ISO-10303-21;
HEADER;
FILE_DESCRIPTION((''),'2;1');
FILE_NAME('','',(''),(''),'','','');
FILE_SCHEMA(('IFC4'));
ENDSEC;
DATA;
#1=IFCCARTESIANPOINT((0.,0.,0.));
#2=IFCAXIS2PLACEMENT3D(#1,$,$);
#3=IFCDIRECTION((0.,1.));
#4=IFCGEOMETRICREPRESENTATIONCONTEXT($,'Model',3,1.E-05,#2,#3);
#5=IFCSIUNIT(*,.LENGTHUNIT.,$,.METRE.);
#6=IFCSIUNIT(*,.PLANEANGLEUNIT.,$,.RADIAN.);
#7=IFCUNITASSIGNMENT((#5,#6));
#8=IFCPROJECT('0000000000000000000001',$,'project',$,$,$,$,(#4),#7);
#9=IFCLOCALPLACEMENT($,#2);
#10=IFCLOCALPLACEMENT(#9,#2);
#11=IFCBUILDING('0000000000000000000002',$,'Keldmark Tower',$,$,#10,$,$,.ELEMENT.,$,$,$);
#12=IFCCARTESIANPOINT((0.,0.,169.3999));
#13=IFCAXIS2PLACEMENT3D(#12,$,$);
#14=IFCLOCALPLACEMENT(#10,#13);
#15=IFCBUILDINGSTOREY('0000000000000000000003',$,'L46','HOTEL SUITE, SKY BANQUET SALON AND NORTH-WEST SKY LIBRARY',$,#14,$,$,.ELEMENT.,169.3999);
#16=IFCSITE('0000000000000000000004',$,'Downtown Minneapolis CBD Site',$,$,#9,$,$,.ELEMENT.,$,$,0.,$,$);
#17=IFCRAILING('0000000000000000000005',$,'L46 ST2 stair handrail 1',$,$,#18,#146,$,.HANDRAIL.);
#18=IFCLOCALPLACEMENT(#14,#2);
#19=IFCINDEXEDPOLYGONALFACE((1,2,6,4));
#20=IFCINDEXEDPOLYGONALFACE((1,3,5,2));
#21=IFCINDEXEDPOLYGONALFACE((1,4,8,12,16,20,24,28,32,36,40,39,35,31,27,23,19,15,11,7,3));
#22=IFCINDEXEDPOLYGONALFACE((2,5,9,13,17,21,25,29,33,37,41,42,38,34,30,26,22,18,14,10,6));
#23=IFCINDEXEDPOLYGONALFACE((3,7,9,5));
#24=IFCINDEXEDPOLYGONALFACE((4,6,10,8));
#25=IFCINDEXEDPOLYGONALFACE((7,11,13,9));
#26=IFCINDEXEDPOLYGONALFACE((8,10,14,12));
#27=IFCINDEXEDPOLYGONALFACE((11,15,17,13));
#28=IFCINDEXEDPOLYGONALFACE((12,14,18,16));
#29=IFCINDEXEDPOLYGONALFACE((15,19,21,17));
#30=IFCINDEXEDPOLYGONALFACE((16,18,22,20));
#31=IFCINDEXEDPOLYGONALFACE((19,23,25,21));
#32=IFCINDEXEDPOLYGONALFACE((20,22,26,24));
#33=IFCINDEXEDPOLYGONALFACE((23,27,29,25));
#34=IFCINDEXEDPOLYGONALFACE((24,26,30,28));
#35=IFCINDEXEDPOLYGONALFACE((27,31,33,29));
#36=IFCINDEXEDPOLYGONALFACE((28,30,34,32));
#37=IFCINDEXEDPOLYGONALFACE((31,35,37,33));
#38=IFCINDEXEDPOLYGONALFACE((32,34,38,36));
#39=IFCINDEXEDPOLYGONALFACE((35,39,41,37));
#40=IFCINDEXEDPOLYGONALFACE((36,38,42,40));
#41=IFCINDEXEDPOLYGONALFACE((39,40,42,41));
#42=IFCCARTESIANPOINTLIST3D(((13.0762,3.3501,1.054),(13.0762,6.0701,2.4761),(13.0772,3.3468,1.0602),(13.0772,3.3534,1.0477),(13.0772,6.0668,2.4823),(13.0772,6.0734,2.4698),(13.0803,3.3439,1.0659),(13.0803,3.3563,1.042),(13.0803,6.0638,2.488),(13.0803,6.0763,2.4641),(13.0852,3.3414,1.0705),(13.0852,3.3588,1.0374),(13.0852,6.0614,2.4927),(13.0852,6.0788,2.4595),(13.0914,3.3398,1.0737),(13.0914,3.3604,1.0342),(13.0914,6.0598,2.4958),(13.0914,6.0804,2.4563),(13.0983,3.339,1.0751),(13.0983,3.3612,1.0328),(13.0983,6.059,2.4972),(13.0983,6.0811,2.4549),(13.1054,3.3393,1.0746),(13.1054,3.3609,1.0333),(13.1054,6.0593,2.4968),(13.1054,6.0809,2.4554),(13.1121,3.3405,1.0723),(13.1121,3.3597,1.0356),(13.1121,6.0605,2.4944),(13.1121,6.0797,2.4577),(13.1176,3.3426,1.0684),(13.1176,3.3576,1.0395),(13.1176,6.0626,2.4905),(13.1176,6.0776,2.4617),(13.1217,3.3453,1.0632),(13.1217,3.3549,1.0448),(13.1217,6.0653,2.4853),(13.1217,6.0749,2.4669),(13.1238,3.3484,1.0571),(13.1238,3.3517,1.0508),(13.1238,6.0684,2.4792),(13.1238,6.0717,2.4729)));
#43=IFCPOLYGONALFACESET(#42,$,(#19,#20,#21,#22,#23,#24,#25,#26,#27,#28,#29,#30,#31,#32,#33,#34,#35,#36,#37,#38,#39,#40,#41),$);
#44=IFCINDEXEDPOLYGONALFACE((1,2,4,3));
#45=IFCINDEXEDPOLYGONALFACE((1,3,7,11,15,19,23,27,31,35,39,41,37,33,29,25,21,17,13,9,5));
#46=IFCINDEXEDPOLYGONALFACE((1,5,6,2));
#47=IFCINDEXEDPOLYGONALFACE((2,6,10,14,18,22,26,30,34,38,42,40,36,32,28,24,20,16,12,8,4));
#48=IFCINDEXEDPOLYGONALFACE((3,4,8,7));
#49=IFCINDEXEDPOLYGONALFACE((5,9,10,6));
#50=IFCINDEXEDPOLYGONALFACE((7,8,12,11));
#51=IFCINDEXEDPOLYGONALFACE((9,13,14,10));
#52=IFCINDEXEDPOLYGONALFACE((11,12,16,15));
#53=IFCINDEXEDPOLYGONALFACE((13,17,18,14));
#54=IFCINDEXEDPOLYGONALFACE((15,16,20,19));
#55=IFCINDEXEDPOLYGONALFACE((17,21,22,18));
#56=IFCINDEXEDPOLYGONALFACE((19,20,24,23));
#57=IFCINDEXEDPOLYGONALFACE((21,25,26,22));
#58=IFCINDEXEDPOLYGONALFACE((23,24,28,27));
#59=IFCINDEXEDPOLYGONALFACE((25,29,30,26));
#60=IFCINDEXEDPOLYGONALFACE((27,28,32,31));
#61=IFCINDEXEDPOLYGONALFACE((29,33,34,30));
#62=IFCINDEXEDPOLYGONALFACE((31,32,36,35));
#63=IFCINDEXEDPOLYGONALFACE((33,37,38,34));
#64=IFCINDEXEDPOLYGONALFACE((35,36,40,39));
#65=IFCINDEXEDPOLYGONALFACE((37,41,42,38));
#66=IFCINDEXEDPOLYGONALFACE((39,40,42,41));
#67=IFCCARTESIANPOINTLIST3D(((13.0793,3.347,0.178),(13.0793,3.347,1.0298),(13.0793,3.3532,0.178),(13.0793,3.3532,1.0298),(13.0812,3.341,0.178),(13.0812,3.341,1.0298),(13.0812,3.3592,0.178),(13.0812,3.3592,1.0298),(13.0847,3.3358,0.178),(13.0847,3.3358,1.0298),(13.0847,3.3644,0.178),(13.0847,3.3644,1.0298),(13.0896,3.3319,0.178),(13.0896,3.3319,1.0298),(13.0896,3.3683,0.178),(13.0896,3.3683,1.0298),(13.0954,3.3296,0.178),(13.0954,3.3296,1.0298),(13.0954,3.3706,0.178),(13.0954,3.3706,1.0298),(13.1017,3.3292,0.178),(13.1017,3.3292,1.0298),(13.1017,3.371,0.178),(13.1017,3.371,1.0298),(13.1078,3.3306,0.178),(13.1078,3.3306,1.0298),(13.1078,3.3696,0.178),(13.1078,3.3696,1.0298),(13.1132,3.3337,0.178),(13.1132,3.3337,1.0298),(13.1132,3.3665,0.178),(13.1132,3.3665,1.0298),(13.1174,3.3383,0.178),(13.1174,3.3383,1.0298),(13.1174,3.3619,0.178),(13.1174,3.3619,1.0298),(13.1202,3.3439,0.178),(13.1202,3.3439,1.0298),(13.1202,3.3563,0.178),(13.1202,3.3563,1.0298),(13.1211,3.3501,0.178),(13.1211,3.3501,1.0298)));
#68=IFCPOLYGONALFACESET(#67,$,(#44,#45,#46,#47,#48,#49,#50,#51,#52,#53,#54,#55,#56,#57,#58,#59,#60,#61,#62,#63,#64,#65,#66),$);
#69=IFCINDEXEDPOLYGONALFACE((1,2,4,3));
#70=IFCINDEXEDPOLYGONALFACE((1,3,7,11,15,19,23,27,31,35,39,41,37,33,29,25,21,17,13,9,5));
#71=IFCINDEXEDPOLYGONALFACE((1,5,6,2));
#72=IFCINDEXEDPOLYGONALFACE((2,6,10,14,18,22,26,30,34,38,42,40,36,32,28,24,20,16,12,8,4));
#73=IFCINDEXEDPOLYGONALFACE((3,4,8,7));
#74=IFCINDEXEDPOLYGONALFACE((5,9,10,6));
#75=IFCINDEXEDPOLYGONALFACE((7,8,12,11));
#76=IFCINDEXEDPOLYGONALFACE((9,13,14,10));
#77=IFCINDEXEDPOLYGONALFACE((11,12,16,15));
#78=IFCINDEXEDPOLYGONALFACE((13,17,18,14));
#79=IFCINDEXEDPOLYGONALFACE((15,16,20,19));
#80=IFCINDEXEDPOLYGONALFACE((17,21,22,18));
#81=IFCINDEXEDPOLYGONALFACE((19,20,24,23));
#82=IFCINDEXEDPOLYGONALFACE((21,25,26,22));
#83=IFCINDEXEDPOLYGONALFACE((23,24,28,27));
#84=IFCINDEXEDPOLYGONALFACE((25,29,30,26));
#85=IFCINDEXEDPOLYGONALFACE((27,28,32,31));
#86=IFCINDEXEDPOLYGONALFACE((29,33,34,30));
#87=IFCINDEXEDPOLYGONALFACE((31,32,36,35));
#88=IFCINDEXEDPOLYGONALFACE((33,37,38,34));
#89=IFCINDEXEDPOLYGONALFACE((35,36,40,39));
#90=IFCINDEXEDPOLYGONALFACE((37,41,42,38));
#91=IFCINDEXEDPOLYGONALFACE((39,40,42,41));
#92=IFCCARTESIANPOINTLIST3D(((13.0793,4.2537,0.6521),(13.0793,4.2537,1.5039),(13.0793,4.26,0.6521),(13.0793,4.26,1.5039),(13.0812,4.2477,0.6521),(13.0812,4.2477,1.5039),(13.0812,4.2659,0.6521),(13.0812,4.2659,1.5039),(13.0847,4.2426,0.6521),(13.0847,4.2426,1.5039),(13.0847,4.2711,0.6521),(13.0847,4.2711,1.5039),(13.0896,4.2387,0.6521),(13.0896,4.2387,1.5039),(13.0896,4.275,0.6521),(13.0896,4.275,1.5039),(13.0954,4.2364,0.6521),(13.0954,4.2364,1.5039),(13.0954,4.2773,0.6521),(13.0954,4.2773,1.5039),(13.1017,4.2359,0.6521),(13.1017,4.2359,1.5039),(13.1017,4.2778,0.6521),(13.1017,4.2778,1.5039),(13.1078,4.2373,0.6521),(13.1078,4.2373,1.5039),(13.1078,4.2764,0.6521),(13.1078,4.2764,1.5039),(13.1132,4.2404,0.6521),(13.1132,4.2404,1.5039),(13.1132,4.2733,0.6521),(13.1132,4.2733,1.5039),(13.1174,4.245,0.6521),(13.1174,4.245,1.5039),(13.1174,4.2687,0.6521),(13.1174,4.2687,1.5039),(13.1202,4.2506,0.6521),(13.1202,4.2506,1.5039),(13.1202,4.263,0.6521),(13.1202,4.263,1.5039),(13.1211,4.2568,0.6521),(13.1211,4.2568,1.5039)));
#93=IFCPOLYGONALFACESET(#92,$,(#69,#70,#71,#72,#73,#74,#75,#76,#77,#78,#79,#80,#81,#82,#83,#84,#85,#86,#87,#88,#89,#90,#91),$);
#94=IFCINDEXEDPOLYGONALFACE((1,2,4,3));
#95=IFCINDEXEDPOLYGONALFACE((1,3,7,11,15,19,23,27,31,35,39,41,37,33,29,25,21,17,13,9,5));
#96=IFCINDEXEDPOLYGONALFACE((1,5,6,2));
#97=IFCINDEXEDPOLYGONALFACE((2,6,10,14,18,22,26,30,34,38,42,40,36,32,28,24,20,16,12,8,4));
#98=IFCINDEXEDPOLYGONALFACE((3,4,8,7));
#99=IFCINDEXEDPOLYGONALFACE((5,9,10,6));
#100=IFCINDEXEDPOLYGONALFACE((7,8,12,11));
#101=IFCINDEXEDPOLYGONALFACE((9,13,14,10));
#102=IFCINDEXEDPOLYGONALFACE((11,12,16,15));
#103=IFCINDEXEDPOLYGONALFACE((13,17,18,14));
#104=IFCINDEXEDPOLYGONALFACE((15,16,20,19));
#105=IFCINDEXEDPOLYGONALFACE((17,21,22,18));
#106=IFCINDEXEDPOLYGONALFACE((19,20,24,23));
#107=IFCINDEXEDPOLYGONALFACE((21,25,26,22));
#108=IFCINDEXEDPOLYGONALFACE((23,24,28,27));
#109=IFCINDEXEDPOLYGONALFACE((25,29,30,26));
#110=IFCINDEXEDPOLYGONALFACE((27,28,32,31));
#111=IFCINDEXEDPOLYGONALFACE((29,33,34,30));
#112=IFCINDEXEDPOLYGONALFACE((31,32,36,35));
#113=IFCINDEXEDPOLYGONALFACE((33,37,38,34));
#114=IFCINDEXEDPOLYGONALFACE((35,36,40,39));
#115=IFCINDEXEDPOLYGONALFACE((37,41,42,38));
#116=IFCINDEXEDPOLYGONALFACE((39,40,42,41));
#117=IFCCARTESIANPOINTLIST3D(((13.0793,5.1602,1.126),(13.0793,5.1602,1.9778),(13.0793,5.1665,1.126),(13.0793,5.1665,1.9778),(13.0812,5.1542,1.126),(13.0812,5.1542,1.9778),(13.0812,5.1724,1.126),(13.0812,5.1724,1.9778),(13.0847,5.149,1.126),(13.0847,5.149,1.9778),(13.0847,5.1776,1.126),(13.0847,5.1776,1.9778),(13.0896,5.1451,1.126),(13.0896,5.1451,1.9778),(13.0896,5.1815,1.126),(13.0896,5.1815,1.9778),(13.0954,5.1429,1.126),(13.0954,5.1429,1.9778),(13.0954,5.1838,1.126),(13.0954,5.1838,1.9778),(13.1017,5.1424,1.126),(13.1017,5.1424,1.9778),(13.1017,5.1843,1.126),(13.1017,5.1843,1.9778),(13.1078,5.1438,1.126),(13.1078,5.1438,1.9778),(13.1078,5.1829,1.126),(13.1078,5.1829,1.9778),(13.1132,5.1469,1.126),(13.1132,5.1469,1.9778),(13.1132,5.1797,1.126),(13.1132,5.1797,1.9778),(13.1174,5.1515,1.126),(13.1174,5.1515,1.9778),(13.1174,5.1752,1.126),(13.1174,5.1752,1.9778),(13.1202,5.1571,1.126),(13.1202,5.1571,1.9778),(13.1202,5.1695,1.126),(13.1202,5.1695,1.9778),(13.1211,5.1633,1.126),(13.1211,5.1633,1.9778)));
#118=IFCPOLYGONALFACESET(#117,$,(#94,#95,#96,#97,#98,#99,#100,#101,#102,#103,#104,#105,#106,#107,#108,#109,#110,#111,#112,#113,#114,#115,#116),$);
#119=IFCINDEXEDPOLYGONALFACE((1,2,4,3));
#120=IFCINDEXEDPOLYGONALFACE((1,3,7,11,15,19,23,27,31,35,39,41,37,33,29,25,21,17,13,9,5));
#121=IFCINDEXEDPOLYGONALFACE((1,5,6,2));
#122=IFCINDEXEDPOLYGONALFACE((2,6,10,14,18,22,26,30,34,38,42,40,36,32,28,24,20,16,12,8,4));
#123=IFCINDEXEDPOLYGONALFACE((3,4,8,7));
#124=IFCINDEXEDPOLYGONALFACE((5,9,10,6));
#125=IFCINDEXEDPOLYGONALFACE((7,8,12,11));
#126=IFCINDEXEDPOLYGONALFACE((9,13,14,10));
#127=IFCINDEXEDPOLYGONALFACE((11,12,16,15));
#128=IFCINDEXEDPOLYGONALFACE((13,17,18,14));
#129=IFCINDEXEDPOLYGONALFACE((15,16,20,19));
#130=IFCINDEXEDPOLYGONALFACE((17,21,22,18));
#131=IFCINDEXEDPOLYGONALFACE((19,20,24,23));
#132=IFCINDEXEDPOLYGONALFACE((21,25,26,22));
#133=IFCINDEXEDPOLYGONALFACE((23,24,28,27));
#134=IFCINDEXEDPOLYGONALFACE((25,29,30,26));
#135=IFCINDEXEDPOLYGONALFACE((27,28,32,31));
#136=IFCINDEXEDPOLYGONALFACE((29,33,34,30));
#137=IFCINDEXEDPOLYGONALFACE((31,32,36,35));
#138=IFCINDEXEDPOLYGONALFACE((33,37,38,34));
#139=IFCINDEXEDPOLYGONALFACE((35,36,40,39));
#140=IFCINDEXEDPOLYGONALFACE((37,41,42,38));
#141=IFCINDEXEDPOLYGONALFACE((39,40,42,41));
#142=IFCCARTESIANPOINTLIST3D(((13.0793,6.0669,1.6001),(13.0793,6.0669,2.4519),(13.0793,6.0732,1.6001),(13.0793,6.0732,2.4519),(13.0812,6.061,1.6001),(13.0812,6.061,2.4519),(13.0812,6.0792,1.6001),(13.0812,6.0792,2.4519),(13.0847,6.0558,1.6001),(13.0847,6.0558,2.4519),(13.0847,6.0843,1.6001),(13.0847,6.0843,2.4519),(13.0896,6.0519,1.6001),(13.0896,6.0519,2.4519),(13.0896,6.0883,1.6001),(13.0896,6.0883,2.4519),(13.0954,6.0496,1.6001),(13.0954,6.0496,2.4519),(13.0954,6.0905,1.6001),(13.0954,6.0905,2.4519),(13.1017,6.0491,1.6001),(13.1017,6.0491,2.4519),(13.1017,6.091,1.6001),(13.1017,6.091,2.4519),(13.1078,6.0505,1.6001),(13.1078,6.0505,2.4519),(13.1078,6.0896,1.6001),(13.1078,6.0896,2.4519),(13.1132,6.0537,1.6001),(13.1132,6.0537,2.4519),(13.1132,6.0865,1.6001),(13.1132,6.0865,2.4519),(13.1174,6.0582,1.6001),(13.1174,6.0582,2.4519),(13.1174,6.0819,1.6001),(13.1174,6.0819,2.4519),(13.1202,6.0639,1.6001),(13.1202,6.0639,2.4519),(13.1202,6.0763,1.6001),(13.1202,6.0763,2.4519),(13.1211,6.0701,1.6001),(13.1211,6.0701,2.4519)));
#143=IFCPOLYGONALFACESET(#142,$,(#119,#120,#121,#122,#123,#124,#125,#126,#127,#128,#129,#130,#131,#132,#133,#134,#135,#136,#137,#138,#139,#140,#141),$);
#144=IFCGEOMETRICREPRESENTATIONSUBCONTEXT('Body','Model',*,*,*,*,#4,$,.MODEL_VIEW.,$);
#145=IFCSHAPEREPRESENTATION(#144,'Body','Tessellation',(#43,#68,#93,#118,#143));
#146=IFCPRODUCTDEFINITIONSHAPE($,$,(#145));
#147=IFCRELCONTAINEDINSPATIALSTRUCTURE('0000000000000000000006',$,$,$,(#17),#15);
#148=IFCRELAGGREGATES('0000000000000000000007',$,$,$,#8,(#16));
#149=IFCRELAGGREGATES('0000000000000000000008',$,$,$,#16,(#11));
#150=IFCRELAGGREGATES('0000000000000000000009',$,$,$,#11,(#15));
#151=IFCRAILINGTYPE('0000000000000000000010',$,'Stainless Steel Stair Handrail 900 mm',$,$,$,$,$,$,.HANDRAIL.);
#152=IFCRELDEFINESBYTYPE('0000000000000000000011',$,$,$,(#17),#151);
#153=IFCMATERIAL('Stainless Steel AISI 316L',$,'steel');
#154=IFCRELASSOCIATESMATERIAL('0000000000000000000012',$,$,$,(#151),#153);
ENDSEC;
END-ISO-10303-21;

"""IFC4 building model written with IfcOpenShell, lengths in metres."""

from ifc_helpers import new_model, si_unit, direction, frame, origin, origin_2d, place, context, subcontext, project, spatial, circle, extrude, material, type_object, element, save


model = new_model("IFC4")

# Units and contexts
model_context = context("Model", 3, precision=1e-05, world=origin(), true_north=direction((0.0, 1.0)))
body_context = subcontext(model_context, "Body", "Model", "MODEL_VIEW")
ifc_project = project(units=[si_unit("LENGTHUNIT", "METRE"), si_unit("PLANEANGLEUNIT", "RADIAN")], contexts=[model_context])

# Site, building, storey
site_placement = place(None, origin())
site = spatial("IfcSite", under=ifc_project, at=site_placement, Name="Downtown Minneapolis CBD Site", CompositionType="ELEMENT", RefElevation=0.0)
building_placement = place(site_placement, origin())
building = spatial("IfcBuilding", under=site, at=building_placement, Name="Keldmark Tower", CompositionType="ELEMENT")
storey_placement = place(building_placement, frame((0.0, 0.0, 169.3999)))
storey = spatial("IfcBuildingStorey", under=building, at=storey_placement, Name="L46", Description="HOTEL SUITE, SKY BANQUET SALON AND NORTH-WEST SKY LIBRARY", CompositionType="ELEMENT", Elevation=169.3999)

# Railing
ifc_material_1 = material(Name="Stainless Steel AISI 316L", Category="steel")
railing_type_1 = type_object("IfcRailingType", Name="Stainless Steel Stair Handrail 900 mm", PredefinedType="HANDRAIL", material=ifc_material_1)
railing_1_placement = place(storey_placement, frame((13.1001, 3.3501, 0.178)))
element("IfcRailing", 1, at=railing_1_placement, inside=storey, type_object=railing_type_1, Name="L46 ST2 stair handrail 1", PredefinedType="HANDRAIL", context=body_context, shape_type="SweptSolid", body=[
    extrude(circle(Radius=0.0239, at=origin_2d()), frame((0.0, 0.0, 0.876), z_axis=(0.0, 0.886183, 0.463335), x_axis=(-1.0, 0.0, 0.0)), (0.0, 0.0, 1.0), 3.0693),
    extrude(circle(Radius=0.021, at=origin_2d()), origin(), (0.0, 0.0, 1.0), 0.8518),
    extrude(circle(Radius=0.021, at=origin_2d()), frame((0.0, 0.9067, 0.4741)), (0.0, 0.0, 1.0), 0.8518),
    extrude(circle(Radius=0.021, at=origin_2d()), frame((0.0, 1.8132, 0.948)), (0.0, 0.0, 1.0), 0.8518),
    extrude(circle(Radius=0.021, at=origin_2d()), frame((0.0, 2.72, 1.4221)), (0.0, 0.0, 1.0), 0.8518),
])

save(model, "model.ifc")
